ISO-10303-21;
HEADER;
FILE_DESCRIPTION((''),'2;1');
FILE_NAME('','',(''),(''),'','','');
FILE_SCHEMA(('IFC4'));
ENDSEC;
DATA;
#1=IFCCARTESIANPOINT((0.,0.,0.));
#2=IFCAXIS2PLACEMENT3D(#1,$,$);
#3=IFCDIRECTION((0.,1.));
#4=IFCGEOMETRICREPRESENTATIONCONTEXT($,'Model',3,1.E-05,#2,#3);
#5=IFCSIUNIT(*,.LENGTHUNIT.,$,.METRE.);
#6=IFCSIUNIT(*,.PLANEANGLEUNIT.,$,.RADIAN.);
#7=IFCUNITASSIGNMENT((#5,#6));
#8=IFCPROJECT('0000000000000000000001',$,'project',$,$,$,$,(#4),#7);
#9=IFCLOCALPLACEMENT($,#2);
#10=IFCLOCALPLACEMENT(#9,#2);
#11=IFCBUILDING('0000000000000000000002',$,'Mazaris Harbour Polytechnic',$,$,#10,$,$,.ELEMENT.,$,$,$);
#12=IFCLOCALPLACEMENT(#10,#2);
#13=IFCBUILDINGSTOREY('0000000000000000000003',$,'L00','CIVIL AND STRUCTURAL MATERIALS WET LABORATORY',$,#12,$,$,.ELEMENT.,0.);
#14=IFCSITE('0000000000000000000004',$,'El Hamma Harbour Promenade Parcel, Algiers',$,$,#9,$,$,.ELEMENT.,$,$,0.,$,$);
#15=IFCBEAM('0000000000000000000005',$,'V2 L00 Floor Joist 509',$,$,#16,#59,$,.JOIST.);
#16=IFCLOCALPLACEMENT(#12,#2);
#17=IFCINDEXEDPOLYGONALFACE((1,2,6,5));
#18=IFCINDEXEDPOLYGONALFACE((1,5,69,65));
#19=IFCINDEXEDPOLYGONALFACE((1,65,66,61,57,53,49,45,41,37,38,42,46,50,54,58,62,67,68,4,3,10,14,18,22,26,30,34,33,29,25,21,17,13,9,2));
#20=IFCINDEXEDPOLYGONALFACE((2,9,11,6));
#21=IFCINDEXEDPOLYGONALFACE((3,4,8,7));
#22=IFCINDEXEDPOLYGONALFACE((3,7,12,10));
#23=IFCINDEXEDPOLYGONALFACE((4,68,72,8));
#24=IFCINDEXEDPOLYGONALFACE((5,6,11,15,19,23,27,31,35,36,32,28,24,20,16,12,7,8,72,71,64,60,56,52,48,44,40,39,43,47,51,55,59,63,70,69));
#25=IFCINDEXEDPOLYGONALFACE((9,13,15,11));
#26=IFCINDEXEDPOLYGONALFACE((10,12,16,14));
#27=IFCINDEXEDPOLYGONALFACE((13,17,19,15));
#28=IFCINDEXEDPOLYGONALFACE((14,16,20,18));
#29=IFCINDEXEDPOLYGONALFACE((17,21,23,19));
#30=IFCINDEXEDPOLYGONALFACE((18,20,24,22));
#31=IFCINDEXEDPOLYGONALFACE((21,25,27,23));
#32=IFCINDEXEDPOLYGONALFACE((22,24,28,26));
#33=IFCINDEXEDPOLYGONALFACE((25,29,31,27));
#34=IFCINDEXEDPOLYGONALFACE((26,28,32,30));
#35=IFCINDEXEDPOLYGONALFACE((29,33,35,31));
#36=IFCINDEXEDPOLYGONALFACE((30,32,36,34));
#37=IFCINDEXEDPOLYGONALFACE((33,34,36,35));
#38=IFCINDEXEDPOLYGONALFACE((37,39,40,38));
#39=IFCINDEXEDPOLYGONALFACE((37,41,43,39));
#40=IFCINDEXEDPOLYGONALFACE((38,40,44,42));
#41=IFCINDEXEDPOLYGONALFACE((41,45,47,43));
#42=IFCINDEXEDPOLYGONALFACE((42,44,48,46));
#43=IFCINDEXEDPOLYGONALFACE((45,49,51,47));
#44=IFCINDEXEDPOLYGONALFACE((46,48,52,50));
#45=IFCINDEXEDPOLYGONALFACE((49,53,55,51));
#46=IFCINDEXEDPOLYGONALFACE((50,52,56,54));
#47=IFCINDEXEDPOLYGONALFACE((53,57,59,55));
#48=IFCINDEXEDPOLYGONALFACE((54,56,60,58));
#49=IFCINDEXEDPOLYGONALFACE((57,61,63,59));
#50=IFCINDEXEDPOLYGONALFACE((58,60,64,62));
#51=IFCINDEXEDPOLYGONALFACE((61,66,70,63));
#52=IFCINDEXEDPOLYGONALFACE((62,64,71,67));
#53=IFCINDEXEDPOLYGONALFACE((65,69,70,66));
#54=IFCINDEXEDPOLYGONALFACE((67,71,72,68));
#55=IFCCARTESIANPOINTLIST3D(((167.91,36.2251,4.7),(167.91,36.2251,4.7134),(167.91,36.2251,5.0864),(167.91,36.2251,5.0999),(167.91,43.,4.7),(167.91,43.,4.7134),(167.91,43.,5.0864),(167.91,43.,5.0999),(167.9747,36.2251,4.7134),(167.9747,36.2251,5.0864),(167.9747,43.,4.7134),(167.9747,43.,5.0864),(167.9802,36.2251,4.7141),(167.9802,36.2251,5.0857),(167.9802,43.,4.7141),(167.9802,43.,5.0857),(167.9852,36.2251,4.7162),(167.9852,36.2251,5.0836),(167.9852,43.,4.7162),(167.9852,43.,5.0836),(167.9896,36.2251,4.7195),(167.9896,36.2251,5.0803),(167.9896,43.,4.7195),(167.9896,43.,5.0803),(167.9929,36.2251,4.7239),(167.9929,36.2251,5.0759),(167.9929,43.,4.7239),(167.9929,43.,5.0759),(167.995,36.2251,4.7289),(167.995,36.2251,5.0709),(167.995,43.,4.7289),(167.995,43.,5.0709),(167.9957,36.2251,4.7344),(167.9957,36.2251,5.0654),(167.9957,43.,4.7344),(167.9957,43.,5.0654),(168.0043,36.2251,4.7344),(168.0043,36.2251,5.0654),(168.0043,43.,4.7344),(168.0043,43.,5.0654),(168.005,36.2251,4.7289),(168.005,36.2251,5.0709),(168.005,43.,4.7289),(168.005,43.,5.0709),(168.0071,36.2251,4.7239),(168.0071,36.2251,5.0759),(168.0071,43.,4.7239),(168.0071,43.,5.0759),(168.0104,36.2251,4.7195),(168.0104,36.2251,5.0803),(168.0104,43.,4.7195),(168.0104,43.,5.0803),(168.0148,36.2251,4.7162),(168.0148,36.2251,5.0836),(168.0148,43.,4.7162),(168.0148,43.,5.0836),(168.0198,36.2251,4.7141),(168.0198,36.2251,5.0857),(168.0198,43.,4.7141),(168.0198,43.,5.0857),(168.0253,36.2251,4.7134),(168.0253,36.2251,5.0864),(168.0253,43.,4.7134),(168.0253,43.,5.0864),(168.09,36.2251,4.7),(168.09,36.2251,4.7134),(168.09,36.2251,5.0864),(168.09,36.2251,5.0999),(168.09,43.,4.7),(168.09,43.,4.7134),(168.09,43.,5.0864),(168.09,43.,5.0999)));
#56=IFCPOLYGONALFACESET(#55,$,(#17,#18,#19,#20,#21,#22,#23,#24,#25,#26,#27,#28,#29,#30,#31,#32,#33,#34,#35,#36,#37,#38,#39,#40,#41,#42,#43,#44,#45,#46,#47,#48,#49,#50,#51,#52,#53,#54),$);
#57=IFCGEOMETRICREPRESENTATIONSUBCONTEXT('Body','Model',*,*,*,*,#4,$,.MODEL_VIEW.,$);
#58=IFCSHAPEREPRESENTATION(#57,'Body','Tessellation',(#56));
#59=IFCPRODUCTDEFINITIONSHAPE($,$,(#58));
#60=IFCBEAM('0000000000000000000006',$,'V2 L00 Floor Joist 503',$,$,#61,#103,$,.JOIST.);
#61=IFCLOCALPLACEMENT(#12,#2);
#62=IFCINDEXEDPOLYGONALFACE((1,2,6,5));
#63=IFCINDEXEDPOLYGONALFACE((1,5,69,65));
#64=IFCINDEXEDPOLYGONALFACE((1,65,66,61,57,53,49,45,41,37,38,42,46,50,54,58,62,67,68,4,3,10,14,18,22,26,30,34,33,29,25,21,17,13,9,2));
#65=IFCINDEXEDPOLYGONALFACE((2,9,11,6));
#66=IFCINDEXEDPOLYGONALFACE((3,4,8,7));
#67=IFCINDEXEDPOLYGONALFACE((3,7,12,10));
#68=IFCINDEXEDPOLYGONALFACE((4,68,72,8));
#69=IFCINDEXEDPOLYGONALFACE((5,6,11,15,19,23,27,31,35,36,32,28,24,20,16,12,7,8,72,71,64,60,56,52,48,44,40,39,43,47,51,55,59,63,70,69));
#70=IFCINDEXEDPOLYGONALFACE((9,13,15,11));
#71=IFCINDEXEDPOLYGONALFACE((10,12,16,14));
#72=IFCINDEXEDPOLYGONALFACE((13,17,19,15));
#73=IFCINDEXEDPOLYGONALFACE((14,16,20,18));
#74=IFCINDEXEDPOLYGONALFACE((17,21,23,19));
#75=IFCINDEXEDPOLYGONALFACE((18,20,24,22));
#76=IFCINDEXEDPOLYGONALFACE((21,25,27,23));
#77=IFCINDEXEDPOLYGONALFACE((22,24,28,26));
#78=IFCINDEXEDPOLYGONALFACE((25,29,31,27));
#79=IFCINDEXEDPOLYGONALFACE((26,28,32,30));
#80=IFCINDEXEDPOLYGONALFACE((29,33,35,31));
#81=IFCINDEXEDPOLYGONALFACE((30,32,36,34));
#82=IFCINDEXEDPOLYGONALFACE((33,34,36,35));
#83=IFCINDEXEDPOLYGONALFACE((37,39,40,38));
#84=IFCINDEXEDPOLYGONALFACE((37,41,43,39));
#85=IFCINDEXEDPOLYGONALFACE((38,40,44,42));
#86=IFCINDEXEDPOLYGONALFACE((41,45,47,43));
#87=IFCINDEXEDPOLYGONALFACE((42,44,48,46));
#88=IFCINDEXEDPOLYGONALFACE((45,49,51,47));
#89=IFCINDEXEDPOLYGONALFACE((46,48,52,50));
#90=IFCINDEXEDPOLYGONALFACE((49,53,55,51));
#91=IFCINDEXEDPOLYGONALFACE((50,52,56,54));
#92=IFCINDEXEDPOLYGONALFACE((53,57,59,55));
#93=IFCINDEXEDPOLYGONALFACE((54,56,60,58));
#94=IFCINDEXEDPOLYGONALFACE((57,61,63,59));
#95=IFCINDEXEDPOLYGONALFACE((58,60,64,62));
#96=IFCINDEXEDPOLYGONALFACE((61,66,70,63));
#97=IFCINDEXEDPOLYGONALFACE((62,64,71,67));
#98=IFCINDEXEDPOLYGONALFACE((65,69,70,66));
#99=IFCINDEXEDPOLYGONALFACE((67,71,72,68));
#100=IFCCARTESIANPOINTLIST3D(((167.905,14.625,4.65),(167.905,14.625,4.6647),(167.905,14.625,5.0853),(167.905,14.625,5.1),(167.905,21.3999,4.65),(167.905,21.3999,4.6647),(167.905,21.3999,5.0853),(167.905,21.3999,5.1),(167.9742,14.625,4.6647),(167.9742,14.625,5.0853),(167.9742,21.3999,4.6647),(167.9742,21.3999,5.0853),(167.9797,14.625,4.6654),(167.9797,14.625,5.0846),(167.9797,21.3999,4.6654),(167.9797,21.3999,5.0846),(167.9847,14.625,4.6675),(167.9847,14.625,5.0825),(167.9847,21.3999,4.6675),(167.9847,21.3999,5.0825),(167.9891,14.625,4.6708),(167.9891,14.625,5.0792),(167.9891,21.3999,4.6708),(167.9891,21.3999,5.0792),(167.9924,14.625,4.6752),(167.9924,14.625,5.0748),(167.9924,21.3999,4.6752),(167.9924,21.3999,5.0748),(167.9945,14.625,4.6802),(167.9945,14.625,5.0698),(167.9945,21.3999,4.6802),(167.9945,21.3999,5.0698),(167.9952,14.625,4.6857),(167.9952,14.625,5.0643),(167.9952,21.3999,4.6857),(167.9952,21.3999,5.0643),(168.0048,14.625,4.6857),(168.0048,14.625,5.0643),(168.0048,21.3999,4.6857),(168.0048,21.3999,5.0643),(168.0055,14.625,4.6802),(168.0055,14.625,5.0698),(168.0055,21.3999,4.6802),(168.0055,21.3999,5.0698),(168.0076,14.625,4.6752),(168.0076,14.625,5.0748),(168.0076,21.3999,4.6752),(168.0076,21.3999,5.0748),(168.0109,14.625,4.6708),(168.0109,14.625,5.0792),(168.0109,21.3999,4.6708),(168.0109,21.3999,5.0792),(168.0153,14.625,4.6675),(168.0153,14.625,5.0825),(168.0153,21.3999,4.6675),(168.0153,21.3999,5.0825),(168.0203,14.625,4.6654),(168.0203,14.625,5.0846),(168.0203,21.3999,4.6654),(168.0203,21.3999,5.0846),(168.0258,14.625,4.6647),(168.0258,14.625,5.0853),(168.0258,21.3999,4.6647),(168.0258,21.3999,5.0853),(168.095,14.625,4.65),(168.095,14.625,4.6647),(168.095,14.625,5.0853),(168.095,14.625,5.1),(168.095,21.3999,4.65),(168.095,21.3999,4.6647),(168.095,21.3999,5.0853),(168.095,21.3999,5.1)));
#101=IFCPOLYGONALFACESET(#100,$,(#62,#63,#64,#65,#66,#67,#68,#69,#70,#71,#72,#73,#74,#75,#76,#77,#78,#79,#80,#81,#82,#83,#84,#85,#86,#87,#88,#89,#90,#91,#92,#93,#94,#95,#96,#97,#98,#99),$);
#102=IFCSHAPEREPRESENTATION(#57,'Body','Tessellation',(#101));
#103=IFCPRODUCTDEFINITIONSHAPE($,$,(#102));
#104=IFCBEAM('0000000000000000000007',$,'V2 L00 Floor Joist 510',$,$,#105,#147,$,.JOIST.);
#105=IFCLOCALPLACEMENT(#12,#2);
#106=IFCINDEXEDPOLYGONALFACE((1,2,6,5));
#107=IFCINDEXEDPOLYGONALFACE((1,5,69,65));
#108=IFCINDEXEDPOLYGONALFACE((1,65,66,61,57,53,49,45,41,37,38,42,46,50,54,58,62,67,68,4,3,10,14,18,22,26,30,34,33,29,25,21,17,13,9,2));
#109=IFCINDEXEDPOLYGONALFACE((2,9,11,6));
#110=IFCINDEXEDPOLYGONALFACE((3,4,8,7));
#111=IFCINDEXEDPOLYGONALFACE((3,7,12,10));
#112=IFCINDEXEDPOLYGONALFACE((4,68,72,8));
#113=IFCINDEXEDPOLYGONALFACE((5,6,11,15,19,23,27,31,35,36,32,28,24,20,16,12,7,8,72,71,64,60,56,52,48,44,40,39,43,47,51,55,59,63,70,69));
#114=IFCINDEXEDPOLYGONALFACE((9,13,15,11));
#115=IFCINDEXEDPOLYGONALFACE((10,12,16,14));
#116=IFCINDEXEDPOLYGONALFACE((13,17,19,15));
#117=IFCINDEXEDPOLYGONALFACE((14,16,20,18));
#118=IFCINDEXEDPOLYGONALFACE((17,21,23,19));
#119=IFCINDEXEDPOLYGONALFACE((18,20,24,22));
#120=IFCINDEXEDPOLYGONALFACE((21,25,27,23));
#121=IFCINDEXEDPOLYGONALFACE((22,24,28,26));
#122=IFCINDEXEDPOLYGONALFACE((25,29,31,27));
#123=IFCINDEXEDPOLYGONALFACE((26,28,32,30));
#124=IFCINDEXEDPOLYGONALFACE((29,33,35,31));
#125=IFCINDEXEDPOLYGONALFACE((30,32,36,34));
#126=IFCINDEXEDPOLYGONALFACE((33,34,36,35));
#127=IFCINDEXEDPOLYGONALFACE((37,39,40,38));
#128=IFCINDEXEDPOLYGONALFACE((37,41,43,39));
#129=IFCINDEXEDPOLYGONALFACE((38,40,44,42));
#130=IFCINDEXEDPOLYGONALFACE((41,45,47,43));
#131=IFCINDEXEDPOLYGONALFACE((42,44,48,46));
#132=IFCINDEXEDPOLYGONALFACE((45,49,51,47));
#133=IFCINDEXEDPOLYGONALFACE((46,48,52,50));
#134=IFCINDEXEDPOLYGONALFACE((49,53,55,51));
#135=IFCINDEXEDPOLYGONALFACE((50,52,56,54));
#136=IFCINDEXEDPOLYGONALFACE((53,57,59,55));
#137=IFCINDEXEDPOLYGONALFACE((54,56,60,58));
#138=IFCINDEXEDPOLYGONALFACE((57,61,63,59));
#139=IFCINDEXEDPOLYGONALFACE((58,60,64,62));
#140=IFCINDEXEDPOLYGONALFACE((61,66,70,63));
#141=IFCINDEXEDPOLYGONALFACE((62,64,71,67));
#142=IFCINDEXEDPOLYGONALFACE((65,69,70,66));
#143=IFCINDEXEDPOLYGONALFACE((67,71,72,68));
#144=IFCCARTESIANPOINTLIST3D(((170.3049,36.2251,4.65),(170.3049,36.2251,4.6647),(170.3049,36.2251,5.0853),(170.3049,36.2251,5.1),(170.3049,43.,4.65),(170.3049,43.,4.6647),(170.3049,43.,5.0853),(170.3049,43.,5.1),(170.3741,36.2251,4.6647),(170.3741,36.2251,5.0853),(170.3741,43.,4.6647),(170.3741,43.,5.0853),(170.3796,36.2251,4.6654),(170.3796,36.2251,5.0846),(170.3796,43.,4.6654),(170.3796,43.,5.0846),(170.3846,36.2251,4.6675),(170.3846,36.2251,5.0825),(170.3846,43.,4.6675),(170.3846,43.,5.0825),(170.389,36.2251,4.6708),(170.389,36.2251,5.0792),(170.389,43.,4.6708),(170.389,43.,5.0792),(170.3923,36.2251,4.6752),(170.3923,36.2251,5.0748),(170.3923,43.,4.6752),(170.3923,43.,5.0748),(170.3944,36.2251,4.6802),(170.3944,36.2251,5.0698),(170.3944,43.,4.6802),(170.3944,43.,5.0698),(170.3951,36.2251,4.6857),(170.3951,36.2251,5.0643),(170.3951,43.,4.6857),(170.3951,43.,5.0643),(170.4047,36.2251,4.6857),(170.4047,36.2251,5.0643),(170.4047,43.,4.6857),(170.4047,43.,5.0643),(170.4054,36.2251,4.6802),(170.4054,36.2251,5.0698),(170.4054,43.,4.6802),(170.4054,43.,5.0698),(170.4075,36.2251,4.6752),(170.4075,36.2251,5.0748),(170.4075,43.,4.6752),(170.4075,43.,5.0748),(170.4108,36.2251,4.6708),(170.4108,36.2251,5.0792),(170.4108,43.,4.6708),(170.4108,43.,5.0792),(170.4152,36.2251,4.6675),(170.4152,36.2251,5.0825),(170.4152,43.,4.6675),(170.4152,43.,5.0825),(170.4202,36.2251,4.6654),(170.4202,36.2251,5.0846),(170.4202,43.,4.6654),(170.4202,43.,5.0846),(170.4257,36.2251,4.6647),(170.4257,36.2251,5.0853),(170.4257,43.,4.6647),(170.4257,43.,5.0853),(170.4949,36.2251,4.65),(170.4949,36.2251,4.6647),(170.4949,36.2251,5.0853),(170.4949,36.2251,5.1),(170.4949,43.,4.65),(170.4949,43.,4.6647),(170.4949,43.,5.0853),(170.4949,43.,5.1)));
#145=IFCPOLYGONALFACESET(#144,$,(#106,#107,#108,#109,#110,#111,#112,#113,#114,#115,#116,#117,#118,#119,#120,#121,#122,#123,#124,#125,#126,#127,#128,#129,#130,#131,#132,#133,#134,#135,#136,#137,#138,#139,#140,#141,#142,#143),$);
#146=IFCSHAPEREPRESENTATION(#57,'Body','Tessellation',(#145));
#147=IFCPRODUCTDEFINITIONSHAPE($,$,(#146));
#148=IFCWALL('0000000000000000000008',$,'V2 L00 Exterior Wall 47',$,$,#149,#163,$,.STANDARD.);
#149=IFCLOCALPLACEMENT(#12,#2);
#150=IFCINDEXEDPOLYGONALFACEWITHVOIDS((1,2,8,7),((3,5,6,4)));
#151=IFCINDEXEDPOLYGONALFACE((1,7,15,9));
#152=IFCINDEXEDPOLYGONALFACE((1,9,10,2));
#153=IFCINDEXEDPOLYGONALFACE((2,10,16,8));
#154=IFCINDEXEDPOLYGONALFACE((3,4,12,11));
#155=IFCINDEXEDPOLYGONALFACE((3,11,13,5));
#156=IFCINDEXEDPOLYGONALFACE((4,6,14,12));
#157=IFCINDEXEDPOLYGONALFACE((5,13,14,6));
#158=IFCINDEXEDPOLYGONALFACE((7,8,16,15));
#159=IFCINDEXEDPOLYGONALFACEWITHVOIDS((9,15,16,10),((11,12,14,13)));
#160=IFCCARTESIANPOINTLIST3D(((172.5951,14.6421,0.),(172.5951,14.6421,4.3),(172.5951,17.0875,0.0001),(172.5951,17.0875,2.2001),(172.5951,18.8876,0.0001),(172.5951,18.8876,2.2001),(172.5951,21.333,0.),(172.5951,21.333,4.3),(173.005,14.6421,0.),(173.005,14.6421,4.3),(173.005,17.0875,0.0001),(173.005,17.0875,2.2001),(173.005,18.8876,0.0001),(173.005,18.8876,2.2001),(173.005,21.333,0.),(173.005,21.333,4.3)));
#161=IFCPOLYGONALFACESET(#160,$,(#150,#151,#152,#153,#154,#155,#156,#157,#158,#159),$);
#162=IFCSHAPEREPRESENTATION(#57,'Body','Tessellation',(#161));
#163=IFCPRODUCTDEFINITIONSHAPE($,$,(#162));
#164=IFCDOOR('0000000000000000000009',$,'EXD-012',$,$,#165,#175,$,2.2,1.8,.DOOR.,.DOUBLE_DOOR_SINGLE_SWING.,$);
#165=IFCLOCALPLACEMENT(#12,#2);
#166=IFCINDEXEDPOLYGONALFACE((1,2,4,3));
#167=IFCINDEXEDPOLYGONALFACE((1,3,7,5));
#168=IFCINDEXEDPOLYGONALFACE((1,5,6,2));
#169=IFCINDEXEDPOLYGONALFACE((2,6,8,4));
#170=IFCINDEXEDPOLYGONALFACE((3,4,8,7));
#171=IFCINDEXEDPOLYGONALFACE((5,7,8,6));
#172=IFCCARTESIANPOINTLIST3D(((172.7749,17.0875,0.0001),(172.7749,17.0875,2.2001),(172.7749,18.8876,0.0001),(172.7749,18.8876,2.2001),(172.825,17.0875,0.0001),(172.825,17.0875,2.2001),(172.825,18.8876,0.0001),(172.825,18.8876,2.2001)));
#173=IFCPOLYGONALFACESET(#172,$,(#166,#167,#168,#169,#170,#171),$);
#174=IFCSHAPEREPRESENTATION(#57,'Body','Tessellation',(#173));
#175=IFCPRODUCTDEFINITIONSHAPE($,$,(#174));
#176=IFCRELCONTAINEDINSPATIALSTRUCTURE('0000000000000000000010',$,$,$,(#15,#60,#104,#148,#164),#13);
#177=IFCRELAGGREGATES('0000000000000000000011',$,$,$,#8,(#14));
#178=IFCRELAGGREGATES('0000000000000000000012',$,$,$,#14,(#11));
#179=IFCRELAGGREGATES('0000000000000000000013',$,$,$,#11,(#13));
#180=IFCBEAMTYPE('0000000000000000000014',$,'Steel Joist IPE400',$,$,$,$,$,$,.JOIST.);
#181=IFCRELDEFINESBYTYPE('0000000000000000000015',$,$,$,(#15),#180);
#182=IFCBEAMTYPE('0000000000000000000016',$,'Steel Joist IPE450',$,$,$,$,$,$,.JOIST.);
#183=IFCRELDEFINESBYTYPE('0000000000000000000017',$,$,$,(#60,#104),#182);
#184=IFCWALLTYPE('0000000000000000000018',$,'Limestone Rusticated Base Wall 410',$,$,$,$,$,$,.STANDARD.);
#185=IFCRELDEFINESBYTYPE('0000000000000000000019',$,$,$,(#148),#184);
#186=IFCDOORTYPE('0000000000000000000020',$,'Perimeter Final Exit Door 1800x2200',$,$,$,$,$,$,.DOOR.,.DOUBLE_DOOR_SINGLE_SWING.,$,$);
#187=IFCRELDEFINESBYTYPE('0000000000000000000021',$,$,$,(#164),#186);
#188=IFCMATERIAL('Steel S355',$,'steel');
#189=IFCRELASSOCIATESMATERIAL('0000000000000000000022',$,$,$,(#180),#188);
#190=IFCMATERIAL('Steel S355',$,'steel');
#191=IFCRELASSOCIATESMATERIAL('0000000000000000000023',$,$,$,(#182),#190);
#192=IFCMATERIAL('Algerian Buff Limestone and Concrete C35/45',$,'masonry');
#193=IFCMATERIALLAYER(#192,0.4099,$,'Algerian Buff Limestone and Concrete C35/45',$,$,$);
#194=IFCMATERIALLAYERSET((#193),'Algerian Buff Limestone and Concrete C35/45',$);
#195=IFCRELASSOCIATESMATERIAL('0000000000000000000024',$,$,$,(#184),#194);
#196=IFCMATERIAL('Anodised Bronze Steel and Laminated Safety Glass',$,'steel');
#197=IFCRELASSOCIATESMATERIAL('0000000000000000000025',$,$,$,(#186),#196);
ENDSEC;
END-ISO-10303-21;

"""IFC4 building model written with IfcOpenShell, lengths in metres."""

from ifc_helpers import new_model, si_unit, direction, frame, frame_2d, origin, origin_2d, place, context, subcontext, project, spatial, rectangle, i_section, extrude, material, layer, layer_set, material_profile, profile_set, type_object, element, fill, save


model = new_model("IFC4")

# Units and contexts
model_context = context("Model", 3, precision=1e-05, world=origin(), true_north=direction((0.0, 1.0)))
body_context = subcontext(model_context, "Body", "Model", "MODEL_VIEW")
ifc_project = project(units=[si_unit("LENGTHUNIT", "METRE"), si_unit("PLANEANGLEUNIT", "RADIAN")], contexts=[model_context])

# Site, building, storey
site_placement = place(None, origin())
site = spatial("IfcSite", under=ifc_project, at=site_placement, Name="El Hamma Harbour Promenade Parcel, Algiers", CompositionType="ELEMENT", RefElevation=0.0)
building_placement = place(site_placement, origin())
building = spatial("IfcBuilding", under=site, at=building_placement, Name="Mazaris Harbour Polytechnic", CompositionType="ELEMENT")
storey_placement = place(building_placement, origin())
storey = spatial("IfcBuildingStorey", under=building, at=storey_placement, Name="L00", Description="CIVIL AND STRUCTURAL MATERIALS WET LABORATORY", CompositionType="ELEMENT", Elevation=0.0)

# Beams
ifc_material_1 = material(Name="Steel S355", Category="steel")
ifc_material_profile_1 = material_profile(ifc_material_1, i_section(OverallWidth=0.1799, OverallDepth=0.3999, WebThickness=0.0085, FlangeThickness=0.0134, FilletRadius=0.021, at=origin_2d()), Name="IPE 400")
ifc_profile_set_1 = profile_set([ifc_material_profile_1], Name="Steel S355")
beam_type_1 = type_object("IfcBeamType", Name="Steel Joist IPE400", PredefinedType="JOIST", material=ifc_profile_set_1)
beam_1_placement = place(storey_placement, frame((168.0, 36.2251, 4.8999), z_axis=(0.0, 1.0, 0.0), x_axis=(-1.0, 0.0, 0.0)))
element("IfcBeam", 1, at=beam_1_placement, inside=storey, type_object=beam_type_1, Name="V2 L00 Floor Joist 509", PredefinedType="JOIST", context=body_context, shape_type="SweptSolid", body=[
    extrude(i_section(OverallWidth=0.1799, OverallDepth=0.3999, WebThickness=0.0085, FlangeThickness=0.0134, FilletRadius=0.021, at=origin_2d()), origin(), (0.0, 0.0, 1.0), 6.7749),
])
ifc_material_2 = material(Name="Steel S355", Category="steel")
ifc_material_profile_2 = material_profile(ifc_material_2, i_section(OverallWidth=0.1899, OverallDepth=0.45, WebThickness=0.0095, FlangeThickness=0.0146, FilletRadius=0.021, at=origin_2d()), Name="IPE 450")
ifc_profile_set_2 = profile_set([ifc_material_profile_2], Name="Steel S355")
beam_type_2 = type_object("IfcBeamType", Name="Steel Joist IPE450", PredefinedType="JOIST", material=ifc_profile_set_2)
for number, where, z_axis, x_axis, name in (
    (2, (168.0, 14.625, 4.875), (0.0, 1.0, 0.0), (-1.0, 0.0, 0.0), "V2 L00 Floor Joist 503"),
    (3, (170.3999, 36.2251, 4.875), (0.0, 1.0, 0.0), (-1.0, 0.0, 0.0), "V2 L00 Floor Joist 510"),
):
    element("IfcBeam", number, at=place(storey_placement, frame(where, z_axis=z_axis, x_axis=x_axis)), inside=storey, type_object=beam_type_2, Name=name, PredefinedType="JOIST", context=body_context, shape_type="SweptSolid", body=[
        extrude(i_section(OverallWidth=0.1899, OverallDepth=0.45, WebThickness=0.0095, FlangeThickness=0.0146, FilletRadius=0.021, at=origin_2d()), origin(), (0.0, 0.0, 1.0), 6.7749),
    ])

# Wall, opening, door
ifc_material_3 = material(Name="Algerian Buff Limestone and Concrete C35/45", Category="masonry")
ifc_layer = layer(ifc_material_3, 0.4099, Name="Algerian Buff Limestone and Concrete C35/45")
ifc_layer_set = layer_set([ifc_layer], Name="Algerian Buff Limestone and Concrete C35/45")
wall_type = type_object("IfcWallType", Name="Limestone Rusticated Base Wall 410", PredefinedType="STANDARD", material=ifc_layer_set)
wall_1_placement = place(storey_placement, frame((172.8, 21.333, 0.0), z_axis=(0.0, 0.0, 1.0), x_axis=(0.0, -1.0, 0.0)))
wall_1 = element("IfcWall", 4, at=wall_1_placement, inside=storey, type_object=wall_type, Name="V2 L00 Exterior Wall 47", PredefinedType="STANDARD", context=body_context, shape_type="SweptSolid", body=[
    extrude(rectangle(XDim=6.6909, YDim=0.4099, at=frame_2d((3.3455, 0.0))), origin(), (0.0, 0.0, 1.0), 4.3),
])
opening_1_placement = place(wall_1_placement, frame((2.4456, 0.0, 0.0)))
opening_1 = element("IfcOpeningElement", 5, at=opening_1_placement, cuts=wall_1, PredefinedType="OPENING", context=body_context, shape_type="SweptSolid", body=[
    extrude(rectangle(XDim=1.8, YDim=2.2, at=frame_2d((0.8999, 1.1001))), frame((0.0, 0.2148, 0.0), z_axis=(0.0, -1.0, 0.0), x_axis=(1.0, 0.0, 0.0)), (0.0, 0.0, 1.0), 0.4299),
])
ifc_material_4 = material(Name="Anodised Bronze Steel and Laminated Safety Glass", Category="steel")
door_type = type_object("IfcDoorType", Name="Perimeter Final Exit Door 1800x2200", OperationType="DOUBLE_DOOR_SINGLE_SWING", PredefinedType="DOOR", material=ifc_material_4)
door_1_placement = place(opening_1_placement, origin())
door_1 = element("IfcDoor", 6, at=door_1_placement, inside=storey, type_object=door_type, Name="EXD-012", OperationType="DOUBLE_DOOR_SINGLE_SWING", OverallHeight=2.2, OverallWidth=1.8, PredefinedType="DOOR", context=body_context, shape_type="SweptSolid", body=[
    extrude(rectangle(XDim=1.8, YDim=2.2, at=frame_2d((0.8999, 1.1001))), frame((0.0, 0.0249, 0.0), z_axis=(0.0, -1.0, 0.0), x_axis=(1.0, 0.0, 0.0)), (0.0, 0.0, 1.0), 0.05),
])
fill(opening_1, door_1)

save(model, "model.ifc")
